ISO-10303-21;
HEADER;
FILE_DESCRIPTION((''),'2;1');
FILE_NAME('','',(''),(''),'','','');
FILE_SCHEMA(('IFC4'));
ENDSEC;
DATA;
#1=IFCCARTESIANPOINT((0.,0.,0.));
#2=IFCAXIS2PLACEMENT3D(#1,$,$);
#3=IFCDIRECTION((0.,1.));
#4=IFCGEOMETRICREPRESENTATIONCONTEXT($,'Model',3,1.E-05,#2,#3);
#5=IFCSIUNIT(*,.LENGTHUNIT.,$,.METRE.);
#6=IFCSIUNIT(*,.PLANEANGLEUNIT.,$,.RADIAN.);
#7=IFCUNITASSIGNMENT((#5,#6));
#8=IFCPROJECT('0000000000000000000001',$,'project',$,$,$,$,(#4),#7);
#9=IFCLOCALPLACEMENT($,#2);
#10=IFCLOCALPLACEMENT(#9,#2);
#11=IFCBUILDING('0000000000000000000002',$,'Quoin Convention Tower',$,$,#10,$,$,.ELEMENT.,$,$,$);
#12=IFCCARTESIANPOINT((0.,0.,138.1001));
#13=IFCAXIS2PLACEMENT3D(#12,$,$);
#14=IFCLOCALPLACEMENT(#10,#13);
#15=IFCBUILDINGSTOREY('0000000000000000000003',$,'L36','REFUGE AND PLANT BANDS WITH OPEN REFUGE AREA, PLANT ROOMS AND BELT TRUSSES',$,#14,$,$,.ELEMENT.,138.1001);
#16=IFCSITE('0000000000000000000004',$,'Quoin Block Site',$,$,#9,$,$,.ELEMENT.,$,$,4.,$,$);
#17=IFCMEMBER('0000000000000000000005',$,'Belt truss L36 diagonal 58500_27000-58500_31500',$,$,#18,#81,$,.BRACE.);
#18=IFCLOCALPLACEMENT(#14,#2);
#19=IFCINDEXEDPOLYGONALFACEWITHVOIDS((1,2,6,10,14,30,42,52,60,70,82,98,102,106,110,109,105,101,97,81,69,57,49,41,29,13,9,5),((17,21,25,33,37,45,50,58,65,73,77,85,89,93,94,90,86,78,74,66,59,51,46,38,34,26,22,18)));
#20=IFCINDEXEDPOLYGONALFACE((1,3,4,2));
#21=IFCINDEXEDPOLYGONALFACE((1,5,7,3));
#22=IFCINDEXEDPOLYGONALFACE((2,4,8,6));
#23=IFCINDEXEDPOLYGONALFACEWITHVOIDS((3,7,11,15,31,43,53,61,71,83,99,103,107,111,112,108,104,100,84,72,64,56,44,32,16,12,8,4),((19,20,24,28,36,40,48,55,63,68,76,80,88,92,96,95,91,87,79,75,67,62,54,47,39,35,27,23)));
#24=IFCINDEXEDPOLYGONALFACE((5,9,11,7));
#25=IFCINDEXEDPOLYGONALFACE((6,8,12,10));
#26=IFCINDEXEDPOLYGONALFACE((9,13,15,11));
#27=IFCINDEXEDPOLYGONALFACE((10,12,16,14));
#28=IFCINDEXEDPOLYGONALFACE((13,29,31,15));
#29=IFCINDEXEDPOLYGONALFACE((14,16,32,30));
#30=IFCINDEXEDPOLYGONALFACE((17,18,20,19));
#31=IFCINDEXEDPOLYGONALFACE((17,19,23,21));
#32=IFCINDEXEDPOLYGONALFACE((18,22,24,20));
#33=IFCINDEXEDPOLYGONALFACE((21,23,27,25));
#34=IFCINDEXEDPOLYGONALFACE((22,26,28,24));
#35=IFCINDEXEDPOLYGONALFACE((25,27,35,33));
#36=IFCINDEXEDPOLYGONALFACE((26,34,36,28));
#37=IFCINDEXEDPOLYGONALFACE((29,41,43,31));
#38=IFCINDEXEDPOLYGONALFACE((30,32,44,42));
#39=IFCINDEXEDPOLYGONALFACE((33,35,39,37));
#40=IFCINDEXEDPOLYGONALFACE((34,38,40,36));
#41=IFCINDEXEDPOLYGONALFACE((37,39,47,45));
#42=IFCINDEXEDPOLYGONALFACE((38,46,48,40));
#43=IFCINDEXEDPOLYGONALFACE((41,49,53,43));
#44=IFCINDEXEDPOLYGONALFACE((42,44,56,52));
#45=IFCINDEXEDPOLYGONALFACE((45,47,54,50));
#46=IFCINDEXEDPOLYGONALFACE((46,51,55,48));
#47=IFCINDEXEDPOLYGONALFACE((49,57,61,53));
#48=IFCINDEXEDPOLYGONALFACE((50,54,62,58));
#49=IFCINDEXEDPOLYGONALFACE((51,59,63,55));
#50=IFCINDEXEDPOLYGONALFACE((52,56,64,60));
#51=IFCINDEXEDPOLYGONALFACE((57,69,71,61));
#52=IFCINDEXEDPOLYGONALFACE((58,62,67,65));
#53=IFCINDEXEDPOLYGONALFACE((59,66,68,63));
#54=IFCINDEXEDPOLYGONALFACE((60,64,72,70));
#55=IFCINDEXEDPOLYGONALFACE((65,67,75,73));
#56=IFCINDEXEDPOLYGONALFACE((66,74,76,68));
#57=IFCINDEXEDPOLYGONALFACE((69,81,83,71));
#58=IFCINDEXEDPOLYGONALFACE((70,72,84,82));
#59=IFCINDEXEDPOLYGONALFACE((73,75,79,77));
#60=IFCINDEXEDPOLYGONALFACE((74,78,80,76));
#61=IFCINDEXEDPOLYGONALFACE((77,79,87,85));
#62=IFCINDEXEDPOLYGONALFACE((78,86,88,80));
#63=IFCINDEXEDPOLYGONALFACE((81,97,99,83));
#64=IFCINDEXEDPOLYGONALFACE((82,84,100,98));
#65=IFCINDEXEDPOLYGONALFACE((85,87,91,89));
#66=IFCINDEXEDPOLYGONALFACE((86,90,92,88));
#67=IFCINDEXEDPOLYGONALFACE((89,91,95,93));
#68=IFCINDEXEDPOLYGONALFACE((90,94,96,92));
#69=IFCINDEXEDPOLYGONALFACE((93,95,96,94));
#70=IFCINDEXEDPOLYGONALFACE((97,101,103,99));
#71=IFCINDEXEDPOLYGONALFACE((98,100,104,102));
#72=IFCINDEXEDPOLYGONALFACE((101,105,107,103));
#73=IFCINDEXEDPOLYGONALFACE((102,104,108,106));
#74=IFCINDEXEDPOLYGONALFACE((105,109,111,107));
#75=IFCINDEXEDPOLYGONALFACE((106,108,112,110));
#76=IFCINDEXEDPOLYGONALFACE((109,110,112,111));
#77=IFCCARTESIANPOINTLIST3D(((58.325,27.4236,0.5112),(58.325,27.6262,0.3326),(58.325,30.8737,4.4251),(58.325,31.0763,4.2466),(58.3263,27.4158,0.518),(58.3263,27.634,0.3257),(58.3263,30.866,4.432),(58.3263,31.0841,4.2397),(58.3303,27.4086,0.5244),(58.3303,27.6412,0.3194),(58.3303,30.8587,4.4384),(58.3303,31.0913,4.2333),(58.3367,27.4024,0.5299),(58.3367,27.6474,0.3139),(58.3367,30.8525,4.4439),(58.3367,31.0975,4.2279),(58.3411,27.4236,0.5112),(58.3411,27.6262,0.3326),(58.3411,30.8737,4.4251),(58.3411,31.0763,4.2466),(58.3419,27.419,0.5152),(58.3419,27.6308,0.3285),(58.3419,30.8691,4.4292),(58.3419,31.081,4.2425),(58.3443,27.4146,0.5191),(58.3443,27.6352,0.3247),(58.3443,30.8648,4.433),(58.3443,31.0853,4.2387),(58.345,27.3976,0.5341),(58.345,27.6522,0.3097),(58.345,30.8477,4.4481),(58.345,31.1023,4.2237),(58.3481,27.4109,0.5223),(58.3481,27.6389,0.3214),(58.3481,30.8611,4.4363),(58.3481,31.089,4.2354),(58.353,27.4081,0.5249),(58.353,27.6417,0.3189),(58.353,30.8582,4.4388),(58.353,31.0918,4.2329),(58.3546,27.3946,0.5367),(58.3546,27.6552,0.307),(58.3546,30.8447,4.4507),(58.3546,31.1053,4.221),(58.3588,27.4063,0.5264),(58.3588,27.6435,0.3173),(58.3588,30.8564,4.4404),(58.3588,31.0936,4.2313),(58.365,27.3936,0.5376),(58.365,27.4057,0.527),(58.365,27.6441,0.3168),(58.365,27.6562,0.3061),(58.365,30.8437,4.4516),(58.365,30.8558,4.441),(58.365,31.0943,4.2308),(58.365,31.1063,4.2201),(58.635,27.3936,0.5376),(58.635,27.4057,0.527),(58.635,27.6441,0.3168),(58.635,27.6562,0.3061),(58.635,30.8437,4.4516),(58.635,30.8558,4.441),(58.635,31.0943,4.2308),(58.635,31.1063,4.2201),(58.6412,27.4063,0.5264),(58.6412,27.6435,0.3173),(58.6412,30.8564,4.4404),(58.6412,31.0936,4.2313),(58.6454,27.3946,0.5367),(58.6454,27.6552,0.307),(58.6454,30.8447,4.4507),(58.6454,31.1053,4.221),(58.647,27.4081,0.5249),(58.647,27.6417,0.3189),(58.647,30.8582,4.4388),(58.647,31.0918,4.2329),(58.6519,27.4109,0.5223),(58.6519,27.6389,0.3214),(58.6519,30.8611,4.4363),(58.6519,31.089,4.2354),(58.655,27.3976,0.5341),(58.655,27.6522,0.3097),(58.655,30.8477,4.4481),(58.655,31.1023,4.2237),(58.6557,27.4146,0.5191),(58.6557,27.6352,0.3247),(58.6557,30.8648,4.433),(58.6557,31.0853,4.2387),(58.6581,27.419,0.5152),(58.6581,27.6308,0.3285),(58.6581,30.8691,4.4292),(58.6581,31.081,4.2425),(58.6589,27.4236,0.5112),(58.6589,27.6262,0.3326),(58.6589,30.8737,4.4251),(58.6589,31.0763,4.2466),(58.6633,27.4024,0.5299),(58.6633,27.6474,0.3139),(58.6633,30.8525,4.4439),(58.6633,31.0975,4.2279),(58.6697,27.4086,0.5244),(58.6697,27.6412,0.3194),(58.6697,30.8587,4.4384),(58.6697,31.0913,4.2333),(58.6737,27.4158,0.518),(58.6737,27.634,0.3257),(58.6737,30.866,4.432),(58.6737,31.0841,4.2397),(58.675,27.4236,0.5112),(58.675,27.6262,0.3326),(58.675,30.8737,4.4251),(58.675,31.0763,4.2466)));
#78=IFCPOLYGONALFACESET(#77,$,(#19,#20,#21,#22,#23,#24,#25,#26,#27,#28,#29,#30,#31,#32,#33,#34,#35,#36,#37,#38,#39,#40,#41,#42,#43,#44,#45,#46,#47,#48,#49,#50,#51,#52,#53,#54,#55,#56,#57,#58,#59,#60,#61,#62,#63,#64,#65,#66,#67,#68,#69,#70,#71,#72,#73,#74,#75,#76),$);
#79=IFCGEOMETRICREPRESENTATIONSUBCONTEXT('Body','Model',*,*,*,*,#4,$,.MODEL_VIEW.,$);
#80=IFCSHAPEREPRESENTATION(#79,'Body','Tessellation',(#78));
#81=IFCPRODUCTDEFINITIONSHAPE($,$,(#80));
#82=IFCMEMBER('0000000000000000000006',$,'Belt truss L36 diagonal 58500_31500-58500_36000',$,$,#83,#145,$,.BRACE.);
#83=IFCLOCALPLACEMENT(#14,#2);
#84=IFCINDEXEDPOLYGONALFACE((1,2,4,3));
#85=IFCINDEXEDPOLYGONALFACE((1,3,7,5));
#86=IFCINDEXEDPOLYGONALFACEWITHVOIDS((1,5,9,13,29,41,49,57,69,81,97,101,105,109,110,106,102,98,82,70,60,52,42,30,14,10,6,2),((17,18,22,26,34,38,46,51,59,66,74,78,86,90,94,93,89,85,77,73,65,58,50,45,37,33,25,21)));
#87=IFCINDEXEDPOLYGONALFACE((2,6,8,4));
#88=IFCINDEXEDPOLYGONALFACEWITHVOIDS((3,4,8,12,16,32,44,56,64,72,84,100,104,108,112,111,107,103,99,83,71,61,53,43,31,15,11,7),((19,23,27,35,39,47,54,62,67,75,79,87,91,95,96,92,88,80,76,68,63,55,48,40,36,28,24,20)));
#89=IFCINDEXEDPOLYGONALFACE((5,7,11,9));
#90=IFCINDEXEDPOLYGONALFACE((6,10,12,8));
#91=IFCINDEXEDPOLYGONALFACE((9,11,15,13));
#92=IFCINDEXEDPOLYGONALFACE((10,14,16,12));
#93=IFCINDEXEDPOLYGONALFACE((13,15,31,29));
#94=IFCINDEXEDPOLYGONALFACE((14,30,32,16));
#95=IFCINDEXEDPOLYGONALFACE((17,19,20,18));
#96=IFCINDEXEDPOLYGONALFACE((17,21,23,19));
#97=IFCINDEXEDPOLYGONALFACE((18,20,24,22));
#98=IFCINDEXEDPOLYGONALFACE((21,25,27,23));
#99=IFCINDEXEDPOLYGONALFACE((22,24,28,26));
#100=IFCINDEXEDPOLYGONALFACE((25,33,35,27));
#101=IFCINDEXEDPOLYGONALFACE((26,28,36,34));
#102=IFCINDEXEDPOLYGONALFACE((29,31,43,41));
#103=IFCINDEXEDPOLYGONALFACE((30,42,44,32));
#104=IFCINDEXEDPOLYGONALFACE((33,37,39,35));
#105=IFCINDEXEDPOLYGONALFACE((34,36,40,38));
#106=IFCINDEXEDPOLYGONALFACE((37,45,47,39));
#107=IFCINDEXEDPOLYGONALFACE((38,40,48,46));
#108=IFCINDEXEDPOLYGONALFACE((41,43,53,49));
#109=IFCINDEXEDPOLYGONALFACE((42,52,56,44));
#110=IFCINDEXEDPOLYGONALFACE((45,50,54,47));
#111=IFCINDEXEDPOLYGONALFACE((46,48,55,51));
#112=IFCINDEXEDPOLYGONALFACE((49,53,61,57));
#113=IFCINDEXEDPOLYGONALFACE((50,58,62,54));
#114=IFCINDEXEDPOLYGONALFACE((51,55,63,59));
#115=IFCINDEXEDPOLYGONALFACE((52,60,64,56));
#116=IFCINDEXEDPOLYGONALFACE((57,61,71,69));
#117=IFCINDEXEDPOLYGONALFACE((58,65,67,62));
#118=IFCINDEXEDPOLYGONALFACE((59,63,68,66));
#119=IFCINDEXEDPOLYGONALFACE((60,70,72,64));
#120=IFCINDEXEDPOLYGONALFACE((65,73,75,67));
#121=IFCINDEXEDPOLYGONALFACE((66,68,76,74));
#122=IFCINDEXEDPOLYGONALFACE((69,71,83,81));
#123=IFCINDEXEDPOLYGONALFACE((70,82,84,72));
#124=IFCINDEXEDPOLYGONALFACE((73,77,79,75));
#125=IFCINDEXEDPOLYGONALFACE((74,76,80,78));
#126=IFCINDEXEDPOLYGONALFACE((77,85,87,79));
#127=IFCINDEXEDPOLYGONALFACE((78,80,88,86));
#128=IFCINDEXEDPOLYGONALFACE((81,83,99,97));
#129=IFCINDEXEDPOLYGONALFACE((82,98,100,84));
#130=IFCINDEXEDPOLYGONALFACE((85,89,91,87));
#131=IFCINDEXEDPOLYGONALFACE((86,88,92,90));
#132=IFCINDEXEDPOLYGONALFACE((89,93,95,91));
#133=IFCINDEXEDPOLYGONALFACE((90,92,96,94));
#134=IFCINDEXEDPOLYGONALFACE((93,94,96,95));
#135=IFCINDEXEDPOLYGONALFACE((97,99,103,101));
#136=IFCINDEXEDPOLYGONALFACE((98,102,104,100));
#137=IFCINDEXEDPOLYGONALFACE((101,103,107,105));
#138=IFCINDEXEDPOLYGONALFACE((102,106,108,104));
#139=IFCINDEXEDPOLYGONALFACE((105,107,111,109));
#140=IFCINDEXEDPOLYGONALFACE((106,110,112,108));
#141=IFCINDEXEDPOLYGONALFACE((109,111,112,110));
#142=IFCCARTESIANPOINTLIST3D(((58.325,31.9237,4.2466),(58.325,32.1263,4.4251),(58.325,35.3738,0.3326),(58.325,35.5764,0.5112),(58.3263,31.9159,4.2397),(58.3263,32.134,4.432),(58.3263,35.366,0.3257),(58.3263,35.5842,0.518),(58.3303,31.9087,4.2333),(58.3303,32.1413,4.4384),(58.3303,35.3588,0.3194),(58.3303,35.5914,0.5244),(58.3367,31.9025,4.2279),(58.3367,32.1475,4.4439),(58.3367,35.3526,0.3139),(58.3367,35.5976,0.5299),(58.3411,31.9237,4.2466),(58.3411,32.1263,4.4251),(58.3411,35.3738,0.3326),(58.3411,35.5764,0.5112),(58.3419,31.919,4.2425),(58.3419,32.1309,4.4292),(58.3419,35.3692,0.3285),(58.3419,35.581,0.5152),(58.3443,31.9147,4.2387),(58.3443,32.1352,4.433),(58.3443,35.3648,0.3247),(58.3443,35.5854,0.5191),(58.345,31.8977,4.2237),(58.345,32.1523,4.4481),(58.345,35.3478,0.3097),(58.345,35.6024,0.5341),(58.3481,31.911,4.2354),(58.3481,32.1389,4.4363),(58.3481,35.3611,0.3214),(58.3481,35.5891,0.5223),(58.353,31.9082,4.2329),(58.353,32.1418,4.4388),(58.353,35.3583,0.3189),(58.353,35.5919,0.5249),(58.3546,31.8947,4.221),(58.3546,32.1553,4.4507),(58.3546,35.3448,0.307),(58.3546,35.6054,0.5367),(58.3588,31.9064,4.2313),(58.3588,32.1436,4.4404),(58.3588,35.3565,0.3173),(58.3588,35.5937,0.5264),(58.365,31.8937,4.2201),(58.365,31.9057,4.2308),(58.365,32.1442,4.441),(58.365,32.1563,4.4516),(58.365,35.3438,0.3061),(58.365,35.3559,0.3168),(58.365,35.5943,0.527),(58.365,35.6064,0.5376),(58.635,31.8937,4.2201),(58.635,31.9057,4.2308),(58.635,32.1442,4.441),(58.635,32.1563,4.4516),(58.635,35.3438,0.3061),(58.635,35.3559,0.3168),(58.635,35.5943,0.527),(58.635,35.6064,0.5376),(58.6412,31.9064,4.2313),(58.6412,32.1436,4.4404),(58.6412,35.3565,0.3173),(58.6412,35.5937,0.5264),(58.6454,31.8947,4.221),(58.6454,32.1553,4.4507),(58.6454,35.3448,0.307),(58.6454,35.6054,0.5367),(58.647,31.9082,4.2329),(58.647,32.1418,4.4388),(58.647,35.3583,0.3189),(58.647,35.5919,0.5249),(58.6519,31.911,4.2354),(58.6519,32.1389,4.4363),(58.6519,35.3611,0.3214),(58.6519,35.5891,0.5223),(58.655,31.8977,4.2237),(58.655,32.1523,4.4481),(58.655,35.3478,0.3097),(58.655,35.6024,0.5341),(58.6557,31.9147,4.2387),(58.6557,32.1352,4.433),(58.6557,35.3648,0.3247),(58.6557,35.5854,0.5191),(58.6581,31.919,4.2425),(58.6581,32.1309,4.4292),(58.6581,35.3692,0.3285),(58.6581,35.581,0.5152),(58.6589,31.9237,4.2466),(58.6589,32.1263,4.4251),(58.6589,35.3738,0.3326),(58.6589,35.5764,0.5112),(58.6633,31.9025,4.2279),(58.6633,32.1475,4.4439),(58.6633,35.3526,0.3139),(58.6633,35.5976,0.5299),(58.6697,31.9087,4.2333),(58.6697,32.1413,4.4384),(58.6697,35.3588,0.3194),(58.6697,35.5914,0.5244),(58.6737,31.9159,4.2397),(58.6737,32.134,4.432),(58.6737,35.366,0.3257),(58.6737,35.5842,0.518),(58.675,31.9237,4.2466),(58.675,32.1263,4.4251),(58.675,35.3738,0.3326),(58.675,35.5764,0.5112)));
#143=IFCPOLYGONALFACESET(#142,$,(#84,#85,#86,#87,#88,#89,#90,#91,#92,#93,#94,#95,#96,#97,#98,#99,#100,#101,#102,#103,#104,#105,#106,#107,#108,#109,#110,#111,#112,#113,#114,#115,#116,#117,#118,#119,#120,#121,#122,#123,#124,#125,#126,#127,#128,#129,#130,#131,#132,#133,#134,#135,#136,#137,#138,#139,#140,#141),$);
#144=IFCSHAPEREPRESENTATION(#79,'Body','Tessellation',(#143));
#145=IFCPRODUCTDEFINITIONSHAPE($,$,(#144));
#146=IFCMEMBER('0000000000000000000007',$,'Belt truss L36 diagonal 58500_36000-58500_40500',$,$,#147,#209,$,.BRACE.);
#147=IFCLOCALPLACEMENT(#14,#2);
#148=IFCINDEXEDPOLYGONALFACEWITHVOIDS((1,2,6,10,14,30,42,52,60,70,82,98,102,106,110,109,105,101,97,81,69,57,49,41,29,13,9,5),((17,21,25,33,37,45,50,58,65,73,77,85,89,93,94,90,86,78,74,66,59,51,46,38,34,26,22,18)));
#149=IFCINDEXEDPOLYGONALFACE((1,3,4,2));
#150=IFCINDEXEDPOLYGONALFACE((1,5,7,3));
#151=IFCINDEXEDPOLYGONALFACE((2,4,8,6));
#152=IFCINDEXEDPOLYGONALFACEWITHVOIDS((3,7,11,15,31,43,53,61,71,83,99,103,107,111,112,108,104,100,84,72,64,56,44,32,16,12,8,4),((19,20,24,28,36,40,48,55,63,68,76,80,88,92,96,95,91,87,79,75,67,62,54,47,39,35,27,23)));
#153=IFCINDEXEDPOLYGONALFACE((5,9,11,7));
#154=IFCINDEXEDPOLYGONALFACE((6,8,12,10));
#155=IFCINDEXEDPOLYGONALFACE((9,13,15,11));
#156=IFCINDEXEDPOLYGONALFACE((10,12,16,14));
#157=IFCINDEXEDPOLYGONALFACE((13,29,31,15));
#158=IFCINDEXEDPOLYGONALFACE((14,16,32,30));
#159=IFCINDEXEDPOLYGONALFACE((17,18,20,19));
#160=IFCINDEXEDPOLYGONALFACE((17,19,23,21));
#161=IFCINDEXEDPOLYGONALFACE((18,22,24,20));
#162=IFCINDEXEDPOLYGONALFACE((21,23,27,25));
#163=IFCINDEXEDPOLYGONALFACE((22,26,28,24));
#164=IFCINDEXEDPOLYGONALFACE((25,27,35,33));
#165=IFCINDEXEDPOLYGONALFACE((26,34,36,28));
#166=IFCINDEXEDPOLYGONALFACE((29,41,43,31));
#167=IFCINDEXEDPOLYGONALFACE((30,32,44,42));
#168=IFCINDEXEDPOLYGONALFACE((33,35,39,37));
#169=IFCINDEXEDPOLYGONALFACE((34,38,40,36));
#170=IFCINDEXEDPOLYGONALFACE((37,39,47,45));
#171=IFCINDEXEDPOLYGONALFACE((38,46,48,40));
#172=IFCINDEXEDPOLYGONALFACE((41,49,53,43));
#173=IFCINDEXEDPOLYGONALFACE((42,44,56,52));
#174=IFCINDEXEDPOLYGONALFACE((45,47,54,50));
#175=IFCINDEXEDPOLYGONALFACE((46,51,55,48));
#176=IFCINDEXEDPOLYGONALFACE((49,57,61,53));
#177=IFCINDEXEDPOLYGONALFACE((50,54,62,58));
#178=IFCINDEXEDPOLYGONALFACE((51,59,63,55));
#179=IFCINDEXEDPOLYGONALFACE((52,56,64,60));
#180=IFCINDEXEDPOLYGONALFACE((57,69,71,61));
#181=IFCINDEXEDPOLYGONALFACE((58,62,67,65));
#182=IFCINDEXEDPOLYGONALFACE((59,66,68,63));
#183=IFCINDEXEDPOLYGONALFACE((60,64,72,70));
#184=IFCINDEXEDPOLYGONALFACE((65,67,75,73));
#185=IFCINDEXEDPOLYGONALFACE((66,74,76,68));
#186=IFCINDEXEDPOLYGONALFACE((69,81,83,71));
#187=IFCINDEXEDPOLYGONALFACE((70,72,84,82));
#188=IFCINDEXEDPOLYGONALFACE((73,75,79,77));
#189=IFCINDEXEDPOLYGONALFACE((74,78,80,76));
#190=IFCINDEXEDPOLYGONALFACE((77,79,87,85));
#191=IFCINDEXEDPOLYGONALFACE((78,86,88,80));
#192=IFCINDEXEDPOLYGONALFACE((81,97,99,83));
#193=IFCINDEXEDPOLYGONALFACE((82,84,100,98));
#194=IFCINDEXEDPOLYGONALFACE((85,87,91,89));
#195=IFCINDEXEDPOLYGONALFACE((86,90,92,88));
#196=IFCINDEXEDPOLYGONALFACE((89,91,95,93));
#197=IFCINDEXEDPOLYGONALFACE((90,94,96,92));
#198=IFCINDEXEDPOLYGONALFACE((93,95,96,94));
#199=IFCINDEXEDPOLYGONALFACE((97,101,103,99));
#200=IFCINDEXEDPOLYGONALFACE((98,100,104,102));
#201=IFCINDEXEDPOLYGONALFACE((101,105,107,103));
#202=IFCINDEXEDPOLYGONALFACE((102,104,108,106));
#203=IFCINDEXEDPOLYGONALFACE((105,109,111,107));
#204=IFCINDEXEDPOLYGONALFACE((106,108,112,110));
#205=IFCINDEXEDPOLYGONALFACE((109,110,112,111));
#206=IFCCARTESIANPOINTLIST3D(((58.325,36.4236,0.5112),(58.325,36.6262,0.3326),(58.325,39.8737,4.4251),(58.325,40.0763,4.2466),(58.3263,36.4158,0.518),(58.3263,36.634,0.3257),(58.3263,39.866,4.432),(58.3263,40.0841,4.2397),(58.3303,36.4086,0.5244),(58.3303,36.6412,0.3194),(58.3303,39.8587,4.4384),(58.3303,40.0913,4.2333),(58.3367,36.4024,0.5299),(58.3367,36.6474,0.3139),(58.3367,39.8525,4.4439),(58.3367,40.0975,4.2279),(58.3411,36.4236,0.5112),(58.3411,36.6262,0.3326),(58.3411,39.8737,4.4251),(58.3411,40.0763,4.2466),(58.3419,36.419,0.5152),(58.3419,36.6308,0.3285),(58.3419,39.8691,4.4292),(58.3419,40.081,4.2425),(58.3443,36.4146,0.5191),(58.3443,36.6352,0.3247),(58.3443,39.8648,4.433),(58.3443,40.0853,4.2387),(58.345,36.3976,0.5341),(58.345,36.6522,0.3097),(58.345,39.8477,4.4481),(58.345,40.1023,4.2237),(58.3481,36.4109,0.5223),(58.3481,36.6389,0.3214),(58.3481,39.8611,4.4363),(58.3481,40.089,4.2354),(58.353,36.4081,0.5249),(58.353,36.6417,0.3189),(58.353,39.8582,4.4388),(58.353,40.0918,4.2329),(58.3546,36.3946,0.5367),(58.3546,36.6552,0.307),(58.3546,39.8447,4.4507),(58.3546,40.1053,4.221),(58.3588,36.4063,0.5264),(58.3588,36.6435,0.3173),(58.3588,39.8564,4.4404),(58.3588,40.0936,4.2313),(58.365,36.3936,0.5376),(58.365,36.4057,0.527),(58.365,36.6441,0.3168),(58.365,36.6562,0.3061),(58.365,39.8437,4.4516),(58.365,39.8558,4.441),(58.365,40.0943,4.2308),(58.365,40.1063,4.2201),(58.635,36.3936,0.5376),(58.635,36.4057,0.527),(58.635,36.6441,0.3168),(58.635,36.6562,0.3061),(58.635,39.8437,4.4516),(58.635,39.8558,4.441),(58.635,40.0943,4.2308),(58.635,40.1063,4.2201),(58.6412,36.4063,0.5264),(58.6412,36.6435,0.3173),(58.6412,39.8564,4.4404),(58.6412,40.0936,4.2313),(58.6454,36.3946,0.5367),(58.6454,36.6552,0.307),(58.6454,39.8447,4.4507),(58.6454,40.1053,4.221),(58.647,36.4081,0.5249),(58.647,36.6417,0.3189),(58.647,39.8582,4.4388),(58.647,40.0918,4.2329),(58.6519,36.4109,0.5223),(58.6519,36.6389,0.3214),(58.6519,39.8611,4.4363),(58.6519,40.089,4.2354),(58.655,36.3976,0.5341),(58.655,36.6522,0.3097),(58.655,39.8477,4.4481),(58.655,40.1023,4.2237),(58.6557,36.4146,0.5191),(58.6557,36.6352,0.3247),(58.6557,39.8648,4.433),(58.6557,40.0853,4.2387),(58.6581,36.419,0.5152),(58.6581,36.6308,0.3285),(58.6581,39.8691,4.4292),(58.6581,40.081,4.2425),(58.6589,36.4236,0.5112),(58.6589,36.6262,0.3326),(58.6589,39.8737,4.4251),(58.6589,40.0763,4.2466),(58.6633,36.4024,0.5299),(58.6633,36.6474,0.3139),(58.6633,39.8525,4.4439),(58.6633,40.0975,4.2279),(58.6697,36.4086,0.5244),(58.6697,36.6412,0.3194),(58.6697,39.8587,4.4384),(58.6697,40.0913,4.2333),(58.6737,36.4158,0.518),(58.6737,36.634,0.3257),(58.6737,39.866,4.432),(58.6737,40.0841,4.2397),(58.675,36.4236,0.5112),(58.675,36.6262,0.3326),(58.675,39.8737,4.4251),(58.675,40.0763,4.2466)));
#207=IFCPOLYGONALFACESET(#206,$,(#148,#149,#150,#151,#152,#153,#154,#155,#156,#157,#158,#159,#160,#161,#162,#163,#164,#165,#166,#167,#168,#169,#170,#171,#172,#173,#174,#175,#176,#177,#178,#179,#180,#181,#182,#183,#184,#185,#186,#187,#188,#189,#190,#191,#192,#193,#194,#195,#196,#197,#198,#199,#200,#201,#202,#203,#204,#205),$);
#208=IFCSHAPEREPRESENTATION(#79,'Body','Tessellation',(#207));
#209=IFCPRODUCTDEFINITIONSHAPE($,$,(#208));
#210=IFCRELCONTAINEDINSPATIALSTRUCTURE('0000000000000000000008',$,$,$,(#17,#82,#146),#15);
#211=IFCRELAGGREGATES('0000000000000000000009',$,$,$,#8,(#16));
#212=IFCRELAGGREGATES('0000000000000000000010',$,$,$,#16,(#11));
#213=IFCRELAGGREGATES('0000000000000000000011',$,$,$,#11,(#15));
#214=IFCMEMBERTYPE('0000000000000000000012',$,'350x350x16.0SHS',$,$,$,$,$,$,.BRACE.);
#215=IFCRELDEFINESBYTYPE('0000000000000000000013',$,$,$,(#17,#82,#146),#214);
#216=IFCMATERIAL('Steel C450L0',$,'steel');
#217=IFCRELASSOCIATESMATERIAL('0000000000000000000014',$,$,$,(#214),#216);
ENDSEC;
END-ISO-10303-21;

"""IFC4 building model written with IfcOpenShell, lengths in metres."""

from ifc_helpers import new_model, si_unit, direction, frame, origin, origin_2d, place, context, subcontext, project, spatial, hollow_rectangle, extrude, material, material_profile, profile_set, type_object, element, save


model = new_model("IFC4")

# Units and contexts
model_context = context("Model", 3, precision=1e-05, world=origin(), true_north=direction((0.0, 1.0)))
body_context = subcontext(model_context, "Body", "Model", "MODEL_VIEW")
ifc_project = project(units=[si_unit("LENGTHUNIT", "METRE"), si_unit("PLANEANGLEUNIT", "RADIAN")], contexts=[model_context])

# Site, building, storey
site_placement = place(None, origin())
site = spatial("IfcSite", under=ifc_project, at=site_placement, Name="Quoin Block Site", CompositionType="ELEMENT", RefElevation=4.0)
building_placement = place(site_placement, origin())
building = spatial("IfcBuilding", under=site, at=building_placement, Name="Quoin Convention Tower", CompositionType="ELEMENT")
storey_placement = place(building_placement, frame((0.0, 0.0, 138.1001)))
storey = spatial("IfcBuildingStorey", under=building, at=storey_placement, Name="L36", Description="REFUGE AND PLANT BANDS WITH OPEN REFUGE AREA, PLANT ROOMS AND BELT TRUSSES", CompositionType="ELEMENT", Elevation=138.1001)

# Shared definitions
ifc_material_1 = material(Name="Steel C450L0", Category="steel")

# Members
ifc_material_profile_1 = material_profile(ifc_material_1, hollow_rectangle(XDim=0.3501, YDim=0.3501, WallThickness=0.0161, InnerFilletRadius=0.0239, OuterFilletRadius=0.04, at=origin_2d()), Name="350x350x16.0SHS")
ifc_profile_set_1 = profile_set([ifc_material_profile_1], Name="Steel C450L0")
member_type_1 = type_object("IfcMemberType", Name="350x350x16.0SHS", PredefinedType="BRACE", material=ifc_profile_set_1)
for number, where, z_axis, x_axis, name in (
    (1, (58.5, 27.5249, 0.4219), (0.0, 0.661256, 0.75016), (-1.0, 0.0, 0.0), "Belt truss L36 diagonal 58500_27000-58500_31500"),
    (2, (58.5, 35.4751, 0.4219), (0.0, -0.661256, 0.75016), (1.0, 0.0, 0.0), "Belt truss L36 diagonal 58500_31500-58500_36000"),
    (3, (58.5, 36.5249, 0.4219), (0.0, 0.661256, 0.75016), (-1.0, 0.0, 0.0), "Belt truss L36 diagonal 58500_36000-58500_40500"),
):
    element("IfcMember", number, at=place(storey_placement, frame(where, z_axis=z_axis, x_axis=x_axis)), inside=storey, type_object=member_type_1, Name=name, PredefinedType="BRACE", context=body_context, shape_type="SweptSolid", body=[
        extrude(hollow_rectangle(XDim=0.3501, YDim=0.3501, WallThickness=0.0161, InnerFilletRadius=0.0239, OuterFilletRadius=0.04, at=origin_2d()), origin(), (0.0, 0.0, 1.0), 5.2175),
    ])

save(model, "model.ifc")
